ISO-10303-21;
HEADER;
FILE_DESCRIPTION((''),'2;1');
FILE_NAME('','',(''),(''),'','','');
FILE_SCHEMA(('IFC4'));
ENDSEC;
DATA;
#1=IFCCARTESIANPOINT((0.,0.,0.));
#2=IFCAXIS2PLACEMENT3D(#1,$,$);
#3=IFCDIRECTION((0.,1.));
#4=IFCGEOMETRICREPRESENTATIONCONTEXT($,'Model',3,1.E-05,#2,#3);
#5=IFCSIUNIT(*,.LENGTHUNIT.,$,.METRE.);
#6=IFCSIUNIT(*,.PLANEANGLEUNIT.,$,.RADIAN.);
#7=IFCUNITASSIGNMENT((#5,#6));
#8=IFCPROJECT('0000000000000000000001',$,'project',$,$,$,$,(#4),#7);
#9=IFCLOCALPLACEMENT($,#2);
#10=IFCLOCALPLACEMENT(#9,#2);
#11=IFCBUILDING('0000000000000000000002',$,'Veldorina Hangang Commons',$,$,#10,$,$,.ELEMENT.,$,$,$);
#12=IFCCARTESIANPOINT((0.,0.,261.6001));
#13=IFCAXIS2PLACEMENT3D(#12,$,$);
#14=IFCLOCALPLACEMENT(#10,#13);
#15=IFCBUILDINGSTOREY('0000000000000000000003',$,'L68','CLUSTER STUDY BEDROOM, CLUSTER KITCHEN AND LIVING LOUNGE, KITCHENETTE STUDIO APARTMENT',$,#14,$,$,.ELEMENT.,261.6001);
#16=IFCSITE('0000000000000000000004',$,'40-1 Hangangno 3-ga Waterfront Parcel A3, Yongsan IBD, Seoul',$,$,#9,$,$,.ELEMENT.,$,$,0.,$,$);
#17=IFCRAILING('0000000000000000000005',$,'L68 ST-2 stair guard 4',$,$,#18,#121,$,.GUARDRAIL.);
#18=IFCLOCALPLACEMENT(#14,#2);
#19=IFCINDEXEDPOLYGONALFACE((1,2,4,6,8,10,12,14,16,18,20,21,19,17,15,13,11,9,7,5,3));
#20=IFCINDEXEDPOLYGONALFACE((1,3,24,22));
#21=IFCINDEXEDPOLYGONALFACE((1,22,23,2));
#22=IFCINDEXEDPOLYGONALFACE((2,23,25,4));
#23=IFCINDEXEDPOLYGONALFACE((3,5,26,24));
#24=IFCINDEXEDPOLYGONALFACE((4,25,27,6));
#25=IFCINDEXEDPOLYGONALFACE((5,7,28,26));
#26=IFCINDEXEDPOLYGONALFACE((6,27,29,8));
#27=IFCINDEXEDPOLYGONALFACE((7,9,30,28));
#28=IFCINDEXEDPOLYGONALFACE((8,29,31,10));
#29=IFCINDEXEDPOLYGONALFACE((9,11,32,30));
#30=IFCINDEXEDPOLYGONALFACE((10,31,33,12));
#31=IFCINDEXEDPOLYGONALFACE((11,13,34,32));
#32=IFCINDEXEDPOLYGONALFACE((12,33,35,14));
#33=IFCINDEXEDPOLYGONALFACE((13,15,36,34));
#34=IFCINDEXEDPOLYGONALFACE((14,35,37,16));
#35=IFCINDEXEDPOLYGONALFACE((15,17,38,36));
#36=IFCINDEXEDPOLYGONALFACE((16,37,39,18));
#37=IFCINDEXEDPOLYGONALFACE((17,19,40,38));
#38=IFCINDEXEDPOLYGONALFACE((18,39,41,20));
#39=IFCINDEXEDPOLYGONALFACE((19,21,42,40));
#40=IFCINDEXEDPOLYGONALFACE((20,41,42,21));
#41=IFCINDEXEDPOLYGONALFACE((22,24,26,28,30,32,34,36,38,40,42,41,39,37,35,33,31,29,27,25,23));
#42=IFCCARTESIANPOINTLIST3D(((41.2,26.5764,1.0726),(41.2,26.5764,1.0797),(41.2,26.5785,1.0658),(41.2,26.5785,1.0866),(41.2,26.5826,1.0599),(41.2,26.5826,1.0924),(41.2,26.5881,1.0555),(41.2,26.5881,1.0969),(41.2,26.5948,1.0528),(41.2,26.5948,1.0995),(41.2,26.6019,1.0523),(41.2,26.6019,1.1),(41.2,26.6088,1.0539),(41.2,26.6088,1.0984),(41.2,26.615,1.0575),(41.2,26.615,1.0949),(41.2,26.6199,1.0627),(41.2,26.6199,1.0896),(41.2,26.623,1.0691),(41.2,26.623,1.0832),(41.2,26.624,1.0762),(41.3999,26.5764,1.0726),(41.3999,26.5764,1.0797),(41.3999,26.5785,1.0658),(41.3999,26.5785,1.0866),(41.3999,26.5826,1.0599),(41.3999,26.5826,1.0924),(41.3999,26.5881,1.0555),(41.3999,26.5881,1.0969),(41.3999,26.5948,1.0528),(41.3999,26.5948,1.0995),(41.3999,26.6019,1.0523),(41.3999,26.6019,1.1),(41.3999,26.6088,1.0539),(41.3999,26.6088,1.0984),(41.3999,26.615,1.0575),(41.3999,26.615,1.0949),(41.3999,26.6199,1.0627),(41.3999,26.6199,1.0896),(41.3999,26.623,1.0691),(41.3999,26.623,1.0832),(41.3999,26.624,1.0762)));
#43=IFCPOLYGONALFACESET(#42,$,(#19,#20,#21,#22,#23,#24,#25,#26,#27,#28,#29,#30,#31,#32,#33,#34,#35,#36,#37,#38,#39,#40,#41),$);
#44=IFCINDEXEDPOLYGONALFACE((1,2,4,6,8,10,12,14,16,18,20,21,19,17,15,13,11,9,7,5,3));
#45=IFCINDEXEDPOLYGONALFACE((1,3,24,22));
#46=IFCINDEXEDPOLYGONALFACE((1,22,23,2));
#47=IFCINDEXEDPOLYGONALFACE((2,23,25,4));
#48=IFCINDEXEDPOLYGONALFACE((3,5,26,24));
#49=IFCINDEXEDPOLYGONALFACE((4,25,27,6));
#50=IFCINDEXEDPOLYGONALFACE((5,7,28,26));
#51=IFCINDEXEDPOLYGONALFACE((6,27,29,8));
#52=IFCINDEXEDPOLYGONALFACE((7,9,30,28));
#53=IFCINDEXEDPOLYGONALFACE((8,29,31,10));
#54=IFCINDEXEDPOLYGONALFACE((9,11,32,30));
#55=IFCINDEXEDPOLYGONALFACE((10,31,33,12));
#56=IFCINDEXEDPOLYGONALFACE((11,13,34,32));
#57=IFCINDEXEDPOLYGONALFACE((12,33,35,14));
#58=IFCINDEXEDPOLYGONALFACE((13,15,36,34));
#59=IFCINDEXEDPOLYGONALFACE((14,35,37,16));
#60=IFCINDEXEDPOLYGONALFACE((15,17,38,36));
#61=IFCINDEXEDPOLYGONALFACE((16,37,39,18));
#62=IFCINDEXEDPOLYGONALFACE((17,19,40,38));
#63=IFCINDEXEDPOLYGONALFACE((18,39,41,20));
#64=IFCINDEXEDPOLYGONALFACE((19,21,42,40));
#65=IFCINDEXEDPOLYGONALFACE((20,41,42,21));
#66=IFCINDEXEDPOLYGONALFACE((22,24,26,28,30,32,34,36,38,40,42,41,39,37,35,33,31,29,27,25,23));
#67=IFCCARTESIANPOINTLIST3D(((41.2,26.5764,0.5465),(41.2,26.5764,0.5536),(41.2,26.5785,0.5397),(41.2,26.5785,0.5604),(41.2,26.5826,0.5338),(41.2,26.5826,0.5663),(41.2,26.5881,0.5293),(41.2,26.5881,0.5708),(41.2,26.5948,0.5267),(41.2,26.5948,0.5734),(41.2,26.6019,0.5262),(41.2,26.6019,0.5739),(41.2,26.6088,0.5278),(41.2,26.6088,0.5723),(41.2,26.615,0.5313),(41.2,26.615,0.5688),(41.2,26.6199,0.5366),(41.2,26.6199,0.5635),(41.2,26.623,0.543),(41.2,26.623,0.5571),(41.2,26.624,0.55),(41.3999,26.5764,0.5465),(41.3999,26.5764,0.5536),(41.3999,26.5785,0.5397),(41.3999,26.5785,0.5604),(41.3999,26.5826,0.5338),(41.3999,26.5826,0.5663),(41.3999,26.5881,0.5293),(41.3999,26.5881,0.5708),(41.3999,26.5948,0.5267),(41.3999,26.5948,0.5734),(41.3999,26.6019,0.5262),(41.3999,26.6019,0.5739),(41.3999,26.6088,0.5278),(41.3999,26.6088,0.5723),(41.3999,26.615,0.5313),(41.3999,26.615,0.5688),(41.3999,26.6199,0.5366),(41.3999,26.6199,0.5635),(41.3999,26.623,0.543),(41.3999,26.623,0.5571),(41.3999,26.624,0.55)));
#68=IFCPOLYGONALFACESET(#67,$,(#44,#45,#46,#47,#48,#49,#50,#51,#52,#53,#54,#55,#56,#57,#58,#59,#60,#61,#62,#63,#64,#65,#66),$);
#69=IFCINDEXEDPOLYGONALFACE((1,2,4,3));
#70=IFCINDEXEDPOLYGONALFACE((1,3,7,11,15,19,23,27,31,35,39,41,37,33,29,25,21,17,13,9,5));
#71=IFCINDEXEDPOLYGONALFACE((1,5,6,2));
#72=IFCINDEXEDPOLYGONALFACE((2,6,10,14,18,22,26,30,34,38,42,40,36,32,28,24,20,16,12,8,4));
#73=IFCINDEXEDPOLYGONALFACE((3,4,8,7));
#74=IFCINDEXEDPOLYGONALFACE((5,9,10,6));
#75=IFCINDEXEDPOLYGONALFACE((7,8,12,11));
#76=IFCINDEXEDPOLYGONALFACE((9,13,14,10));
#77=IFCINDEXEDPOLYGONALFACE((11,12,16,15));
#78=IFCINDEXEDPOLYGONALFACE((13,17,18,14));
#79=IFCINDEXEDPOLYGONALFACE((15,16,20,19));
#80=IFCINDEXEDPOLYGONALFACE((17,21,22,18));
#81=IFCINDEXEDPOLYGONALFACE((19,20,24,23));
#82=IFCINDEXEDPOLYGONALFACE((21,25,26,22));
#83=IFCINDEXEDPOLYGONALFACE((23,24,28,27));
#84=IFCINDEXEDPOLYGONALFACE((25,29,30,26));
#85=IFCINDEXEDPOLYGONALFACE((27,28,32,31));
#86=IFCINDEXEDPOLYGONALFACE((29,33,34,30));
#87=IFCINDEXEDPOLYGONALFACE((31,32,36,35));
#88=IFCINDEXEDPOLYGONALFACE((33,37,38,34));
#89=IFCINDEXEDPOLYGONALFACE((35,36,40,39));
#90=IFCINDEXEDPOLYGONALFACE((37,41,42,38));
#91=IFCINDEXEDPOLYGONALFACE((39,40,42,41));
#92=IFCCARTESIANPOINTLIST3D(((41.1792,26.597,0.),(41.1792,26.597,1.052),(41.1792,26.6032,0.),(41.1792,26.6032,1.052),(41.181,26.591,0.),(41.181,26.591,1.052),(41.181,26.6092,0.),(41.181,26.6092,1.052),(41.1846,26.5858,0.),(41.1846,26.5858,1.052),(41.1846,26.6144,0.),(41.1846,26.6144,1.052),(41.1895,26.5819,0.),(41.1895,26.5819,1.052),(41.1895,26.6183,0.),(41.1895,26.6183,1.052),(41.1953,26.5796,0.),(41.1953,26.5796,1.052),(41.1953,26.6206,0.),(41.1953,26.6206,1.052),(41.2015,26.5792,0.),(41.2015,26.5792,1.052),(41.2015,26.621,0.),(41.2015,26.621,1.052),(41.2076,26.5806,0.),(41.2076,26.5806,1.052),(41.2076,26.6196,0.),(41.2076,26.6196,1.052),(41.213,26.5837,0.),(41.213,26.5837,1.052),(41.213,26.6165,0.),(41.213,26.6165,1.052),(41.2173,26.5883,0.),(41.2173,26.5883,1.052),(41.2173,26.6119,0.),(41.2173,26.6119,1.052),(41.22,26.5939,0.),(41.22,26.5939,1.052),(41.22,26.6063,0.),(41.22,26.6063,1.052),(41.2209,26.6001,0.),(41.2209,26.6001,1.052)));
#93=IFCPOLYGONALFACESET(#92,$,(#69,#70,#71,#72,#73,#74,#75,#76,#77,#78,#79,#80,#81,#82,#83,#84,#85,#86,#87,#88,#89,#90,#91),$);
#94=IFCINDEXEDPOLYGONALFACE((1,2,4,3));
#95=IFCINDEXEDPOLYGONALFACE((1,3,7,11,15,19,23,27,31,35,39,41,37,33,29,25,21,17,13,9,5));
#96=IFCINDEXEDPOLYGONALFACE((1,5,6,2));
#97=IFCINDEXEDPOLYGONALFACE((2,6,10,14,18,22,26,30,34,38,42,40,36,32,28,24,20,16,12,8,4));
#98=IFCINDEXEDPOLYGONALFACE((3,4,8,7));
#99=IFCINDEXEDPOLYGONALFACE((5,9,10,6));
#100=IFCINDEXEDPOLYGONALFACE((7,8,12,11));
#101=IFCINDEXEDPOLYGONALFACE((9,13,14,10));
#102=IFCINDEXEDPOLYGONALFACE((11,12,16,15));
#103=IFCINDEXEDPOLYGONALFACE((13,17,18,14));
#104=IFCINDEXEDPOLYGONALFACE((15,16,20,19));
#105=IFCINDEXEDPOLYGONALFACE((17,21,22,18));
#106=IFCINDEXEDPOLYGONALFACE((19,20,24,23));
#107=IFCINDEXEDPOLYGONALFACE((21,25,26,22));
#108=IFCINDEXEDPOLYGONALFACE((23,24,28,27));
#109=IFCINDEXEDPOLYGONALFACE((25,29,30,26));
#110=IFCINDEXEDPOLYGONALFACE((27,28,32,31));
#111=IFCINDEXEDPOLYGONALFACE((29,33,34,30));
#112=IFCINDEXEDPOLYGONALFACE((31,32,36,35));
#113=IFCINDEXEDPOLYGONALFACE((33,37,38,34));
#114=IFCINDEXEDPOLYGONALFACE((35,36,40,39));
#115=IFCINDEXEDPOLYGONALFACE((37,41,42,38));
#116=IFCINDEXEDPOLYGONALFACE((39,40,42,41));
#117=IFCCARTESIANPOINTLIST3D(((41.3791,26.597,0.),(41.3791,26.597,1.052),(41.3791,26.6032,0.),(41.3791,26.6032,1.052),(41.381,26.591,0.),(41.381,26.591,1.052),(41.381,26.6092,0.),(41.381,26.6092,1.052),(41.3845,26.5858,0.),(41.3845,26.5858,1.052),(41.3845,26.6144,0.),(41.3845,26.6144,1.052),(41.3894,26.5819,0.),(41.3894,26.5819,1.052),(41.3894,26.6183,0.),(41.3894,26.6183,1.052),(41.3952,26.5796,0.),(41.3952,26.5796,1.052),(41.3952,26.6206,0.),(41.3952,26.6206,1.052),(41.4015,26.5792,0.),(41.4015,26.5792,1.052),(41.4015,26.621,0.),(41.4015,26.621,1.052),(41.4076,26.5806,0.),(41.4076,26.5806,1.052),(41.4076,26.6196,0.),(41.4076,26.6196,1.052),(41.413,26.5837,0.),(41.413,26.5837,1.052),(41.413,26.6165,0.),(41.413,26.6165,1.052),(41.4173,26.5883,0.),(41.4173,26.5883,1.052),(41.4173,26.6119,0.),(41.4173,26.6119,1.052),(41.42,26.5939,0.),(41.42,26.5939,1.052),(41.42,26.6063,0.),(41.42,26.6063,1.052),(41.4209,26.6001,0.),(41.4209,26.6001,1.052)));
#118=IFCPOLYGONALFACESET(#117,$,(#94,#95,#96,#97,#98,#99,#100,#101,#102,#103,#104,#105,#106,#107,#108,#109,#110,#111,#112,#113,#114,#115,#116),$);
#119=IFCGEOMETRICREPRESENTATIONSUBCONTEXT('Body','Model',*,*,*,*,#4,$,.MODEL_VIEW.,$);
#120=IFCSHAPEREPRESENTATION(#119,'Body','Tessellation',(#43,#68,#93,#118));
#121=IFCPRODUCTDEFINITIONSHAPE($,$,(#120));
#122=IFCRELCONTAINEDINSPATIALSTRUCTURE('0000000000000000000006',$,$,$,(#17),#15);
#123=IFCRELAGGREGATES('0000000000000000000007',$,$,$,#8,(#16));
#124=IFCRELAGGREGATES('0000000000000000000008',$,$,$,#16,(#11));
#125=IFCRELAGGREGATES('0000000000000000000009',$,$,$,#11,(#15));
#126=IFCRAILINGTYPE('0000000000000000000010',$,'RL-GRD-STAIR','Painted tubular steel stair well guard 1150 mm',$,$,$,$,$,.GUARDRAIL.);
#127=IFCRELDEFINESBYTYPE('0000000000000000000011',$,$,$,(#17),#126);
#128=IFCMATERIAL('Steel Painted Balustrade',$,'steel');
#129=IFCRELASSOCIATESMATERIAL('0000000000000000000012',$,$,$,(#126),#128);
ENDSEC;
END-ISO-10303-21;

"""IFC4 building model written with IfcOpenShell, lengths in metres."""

from ifc_helpers import new_model, si_unit, direction, frame, origin, origin_2d, place, context, subcontext, project, spatial, circle, extrude, material, type_object, element, save


model = new_model("IFC4")

# Units and contexts
model_context = context("Model", 3, precision=1e-05, world=origin(), true_north=direction((0.0, 1.0)))
body_context = subcontext(model_context, "Body", "Model", "MODEL_VIEW")
ifc_project = project(units=[si_unit("LENGTHUNIT", "METRE"), si_unit("PLANEANGLEUNIT", "RADIAN")], contexts=[model_context])

# Site, building, storey
site_placement = place(None, origin())
site = spatial("IfcSite", under=ifc_project, at=site_placement, Name="40-1 Hangangno 3-ga Waterfront Parcel A3, Yongsan IBD, Seoul", CompositionType="ELEMENT", RefElevation=0.0)
building_placement = place(site_placement, origin())
building = spatial("IfcBuilding", under=site, at=building_placement, Name="Veldorina Hangang Commons", CompositionType="ELEMENT")
storey_placement = place(building_placement, frame((0.0, 0.0, 261.6001)))
storey = spatial("IfcBuildingStorey", under=building, at=storey_placement, Name="L68", Description="CLUSTER STUDY BEDROOM, CLUSTER KITCHEN AND LIVING LOUNGE, KITCHENETTE STUDIO APARTMENT", CompositionType="ELEMENT", Elevation=261.6001)

# Railing
ifc_material_1 = material(Name="Steel Painted Balustrade", Category="steel")
railing_type_1 = type_object("IfcRailingType", Name="RL-GRD-STAIR", Description="Painted tubular steel stair well guard 1150 mm", PredefinedType="GUARDRAIL", material=ifc_material_1)
railing_1_placement = place(storey_placement, frame((41.2, 26.6001, 0.0)))
element("IfcRailing", 1, at=railing_1_placement, inside=storey, type_object=railing_type_1, Name="L68 ST-2 stair guard 4", PredefinedType="GUARDRAIL", context=body_context, shape_type="SweptSolid", body=[
    extrude(circle(Radius=0.0239, at=origin_2d()), frame((0.0, 0.0, 1.0762), z_axis=(1.0, 0.0, 0.0), x_axis=(0.0, 1.0, 0.0)), (0.0, 0.0, 1.0), 0.2),
    extrude(circle(Radius=0.0239, at=origin_2d()), frame((0.0, 0.0, 0.55), z_axis=(1.0, 0.0, 0.0), x_axis=(0.0, 1.0, 0.0)), (0.0, 0.0, 1.0), 0.2),
    extrude(circle(Radius=0.021, at=origin_2d()), origin(), (0.0, 0.0, 1.0), 1.052),
    extrude(circle(Radius=0.021, at=origin_2d()), frame((0.2, 0.0, 0.0)), (0.0, 0.0, 1.0), 1.052),
])

save(model, "model.ifc")
